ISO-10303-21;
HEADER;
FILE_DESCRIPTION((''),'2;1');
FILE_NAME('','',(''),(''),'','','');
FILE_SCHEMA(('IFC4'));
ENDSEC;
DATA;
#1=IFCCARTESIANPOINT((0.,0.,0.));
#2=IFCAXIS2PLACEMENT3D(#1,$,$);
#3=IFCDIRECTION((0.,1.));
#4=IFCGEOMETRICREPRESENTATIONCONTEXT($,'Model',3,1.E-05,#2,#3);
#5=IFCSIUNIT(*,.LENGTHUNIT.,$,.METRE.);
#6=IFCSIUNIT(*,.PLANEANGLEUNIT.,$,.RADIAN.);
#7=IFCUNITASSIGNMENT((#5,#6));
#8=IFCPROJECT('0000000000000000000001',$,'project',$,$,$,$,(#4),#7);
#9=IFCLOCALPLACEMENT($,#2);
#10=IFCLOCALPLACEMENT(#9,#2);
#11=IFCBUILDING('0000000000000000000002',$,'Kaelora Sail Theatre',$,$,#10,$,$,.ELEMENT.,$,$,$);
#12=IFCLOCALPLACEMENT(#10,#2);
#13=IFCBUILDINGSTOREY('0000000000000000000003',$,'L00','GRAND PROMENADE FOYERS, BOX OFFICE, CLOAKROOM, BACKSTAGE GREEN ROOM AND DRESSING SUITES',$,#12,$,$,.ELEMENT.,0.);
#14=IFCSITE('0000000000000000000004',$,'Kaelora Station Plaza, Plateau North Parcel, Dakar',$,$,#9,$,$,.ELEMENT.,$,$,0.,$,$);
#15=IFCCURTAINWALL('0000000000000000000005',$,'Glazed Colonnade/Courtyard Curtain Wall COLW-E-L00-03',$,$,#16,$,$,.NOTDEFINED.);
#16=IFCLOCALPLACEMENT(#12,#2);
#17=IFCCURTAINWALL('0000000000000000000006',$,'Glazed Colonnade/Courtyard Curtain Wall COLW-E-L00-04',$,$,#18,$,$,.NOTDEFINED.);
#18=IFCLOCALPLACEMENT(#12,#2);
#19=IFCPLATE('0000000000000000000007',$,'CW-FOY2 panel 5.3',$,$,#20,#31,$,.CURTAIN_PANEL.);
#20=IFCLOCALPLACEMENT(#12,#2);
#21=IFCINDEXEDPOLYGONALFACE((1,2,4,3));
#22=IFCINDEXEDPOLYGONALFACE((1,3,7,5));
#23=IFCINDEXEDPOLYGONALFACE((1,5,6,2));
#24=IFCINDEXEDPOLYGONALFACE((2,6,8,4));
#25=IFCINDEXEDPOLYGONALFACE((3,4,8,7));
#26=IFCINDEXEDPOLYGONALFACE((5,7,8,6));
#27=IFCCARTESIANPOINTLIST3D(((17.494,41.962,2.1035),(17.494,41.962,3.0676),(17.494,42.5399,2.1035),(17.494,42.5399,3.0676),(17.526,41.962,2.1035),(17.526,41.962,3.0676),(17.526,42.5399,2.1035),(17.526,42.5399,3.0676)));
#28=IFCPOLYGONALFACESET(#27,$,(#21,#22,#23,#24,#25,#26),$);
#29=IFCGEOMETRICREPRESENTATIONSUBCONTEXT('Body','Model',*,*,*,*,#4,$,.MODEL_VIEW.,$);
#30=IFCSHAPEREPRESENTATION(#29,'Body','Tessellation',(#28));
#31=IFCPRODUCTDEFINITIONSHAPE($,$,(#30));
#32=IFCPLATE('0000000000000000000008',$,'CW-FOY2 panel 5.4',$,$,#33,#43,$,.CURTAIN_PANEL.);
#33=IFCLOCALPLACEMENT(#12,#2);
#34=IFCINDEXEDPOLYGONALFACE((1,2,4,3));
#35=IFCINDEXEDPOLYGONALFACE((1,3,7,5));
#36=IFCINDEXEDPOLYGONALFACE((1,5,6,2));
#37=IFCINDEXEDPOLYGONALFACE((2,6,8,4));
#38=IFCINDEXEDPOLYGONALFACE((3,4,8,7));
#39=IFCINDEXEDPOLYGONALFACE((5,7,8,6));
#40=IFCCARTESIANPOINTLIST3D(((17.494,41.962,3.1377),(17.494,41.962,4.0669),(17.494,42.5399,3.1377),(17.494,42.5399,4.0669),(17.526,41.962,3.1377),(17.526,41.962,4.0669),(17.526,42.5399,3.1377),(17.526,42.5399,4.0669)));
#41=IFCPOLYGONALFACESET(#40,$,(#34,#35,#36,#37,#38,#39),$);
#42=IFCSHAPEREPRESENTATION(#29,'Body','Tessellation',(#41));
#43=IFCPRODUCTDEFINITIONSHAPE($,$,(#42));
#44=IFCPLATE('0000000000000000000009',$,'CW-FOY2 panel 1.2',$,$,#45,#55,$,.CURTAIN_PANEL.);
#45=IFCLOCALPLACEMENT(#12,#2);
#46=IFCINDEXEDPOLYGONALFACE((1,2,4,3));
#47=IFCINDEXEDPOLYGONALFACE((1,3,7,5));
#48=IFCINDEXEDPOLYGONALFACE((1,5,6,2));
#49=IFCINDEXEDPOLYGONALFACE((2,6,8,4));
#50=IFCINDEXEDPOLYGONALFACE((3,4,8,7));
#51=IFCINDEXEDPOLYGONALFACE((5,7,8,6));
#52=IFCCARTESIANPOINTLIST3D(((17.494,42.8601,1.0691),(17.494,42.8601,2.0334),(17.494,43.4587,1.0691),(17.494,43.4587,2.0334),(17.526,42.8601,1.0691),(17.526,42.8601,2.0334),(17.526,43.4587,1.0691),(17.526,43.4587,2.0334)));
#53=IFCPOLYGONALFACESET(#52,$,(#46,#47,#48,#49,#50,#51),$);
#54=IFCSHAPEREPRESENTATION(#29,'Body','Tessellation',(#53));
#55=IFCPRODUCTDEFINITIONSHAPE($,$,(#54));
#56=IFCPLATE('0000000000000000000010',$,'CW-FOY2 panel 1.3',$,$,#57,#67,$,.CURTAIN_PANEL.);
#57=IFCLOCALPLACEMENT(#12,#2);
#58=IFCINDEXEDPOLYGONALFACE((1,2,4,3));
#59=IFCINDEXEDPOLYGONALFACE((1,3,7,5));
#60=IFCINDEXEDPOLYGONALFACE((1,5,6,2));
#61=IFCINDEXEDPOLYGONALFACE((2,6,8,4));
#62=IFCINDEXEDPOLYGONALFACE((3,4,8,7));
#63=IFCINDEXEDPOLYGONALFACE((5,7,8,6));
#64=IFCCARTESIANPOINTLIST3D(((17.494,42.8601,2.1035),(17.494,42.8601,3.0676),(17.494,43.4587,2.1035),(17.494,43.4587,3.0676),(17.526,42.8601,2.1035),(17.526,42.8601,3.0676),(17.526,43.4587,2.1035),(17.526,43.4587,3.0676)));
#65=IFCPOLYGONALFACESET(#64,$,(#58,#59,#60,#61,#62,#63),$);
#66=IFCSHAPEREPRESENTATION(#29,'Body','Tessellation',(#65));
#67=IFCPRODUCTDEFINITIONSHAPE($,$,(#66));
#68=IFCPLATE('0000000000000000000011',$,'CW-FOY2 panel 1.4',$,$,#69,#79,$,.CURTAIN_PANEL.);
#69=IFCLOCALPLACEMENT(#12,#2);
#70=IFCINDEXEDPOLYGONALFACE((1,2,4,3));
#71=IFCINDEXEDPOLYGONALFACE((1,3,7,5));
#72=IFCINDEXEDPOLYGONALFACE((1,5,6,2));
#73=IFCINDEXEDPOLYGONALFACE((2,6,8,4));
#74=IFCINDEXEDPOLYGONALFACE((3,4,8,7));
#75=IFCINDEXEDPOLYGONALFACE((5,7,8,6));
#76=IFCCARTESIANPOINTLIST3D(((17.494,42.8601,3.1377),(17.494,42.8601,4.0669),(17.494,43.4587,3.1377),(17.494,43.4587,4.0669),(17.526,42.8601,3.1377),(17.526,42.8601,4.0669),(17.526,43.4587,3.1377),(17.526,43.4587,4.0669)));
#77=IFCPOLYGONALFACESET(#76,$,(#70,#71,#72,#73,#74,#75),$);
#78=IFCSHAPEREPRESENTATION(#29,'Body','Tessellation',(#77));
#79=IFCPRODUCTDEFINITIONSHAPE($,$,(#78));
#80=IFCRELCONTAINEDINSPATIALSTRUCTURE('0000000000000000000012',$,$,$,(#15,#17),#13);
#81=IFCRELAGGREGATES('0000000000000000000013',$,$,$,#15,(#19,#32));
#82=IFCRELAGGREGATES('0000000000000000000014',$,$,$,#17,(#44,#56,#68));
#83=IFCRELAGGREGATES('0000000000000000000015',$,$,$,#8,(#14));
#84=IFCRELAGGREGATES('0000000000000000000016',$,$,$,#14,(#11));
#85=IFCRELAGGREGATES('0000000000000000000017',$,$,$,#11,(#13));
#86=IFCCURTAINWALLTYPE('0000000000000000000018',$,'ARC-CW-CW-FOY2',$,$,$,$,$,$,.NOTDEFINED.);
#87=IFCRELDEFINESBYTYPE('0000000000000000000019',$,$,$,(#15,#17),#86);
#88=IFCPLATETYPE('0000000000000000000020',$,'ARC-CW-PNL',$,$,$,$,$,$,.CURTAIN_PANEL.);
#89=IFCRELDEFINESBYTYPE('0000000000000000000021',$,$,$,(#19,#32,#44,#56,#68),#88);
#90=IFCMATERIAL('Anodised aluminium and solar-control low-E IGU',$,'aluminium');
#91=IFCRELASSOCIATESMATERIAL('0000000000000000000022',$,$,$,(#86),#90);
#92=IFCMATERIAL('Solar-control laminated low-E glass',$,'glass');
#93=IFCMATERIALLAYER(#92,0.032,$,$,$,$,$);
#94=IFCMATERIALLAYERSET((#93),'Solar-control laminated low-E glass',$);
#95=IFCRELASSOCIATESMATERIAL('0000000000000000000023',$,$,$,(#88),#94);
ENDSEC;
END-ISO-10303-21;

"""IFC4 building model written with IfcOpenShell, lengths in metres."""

from ifc_helpers import new_model, si_unit, direction, frame, origin, origin_2d, place, context, subcontext, project, spatial, rectangle, extrude, material, layer, layer_set, type_object, element, aggregate, save


model = new_model("IFC4")

# Units and contexts
model_context = context("Model", 3, precision=1e-05, world=origin(), true_north=direction((0.0, 1.0)))
body_context = subcontext(model_context, "Body", "Model", "MODEL_VIEW")
ifc_project = project(units=[si_unit("LENGTHUNIT", "METRE"), si_unit("PLANEANGLEUNIT", "RADIAN")], contexts=[model_context])

# Site, building, storey
site_placement = place(None, origin())
site = spatial("IfcSite", under=ifc_project, at=site_placement, Name="Kaelora Station Plaza, Plateau North Parcel, Dakar", CompositionType="ELEMENT", RefElevation=0.0)
building_placement = place(site_placement, origin())
building = spatial("IfcBuilding", under=site, at=building_placement, Name="Kaelora Sail Theatre", CompositionType="ELEMENT")
storey_placement = place(building_placement, origin())
storey = spatial("IfcBuildingStorey", under=building, at=storey_placement, Name="L00", Description="GRAND PROMENADE FOYERS, BOX OFFICE, CLOAKROOM, BACKSTAGE GREEN ROOM AND DRESSING SUITES", CompositionType="ELEMENT", Elevation=0.0)

# Curtain walls
ifc_material_1 = material(Name="Anodised aluminium and solar-control low-E IGU", Category="aluminium")
curtain_wall_type = type_object("IfcCurtainWallType", Name="ARC-CW-CW-FOY2", PredefinedType="NOTDEFINED", material=ifc_material_1)
curtain_wall_1_placement = place(storey_placement, origin())
curtain_wall_1 = element("IfcCurtainWall", 1, at=curtain_wall_1_placement, inside=storey, type_object=curtain_wall_type, Name="Glazed Colonnade/Courtyard Curtain Wall COLW-E-L00-03", PredefinedType="NOTDEFINED")
curtain_wall_2_placement = place(storey_placement, origin())
curtain_wall_2 = element("IfcCurtainWall", 2, at=curtain_wall_2_placement, inside=storey, type_object=curtain_wall_type, Name="Glazed Colonnade/Courtyard Curtain Wall COLW-E-L00-04", PredefinedType="NOTDEFINED")

# Plates
ifc_material_2 = material(Name="Solar-control laminated low-E glass", Category="glass")
ifc_layer = layer(ifc_material_2, 0.032)
ifc_layer_set = layer_set([ifc_layer], Name="Solar-control laminated low-E glass")
plate_type = type_object("IfcPlateType", Name="ARC-CW-PNL", PredefinedType="CURTAIN_PANEL", material=ifc_layer_set)
plate_1_placement = place(storey_placement, frame((17.51, 42.251, 2.1035), z_axis=(0.0, 0.0, 1.0), x_axis=(0.0, 1.0, 0.0)))
plate_1 = element("IfcPlate", 3, at=plate_1_placement, type_object=plate_type, Name="CW-FOY2 panel 5.3", PredefinedType="CURTAIN_PANEL", context=body_context, shape_type="SweptSolid", body=[
    extrude(rectangle(XDim=0.5779, YDim=0.032, at=origin_2d()), origin(), (0.0, 0.0, 1.0), 0.9641),
])
plate_2_placement = place(storey_placement, frame((17.51, 42.251, 3.1377), z_axis=(0.0, 0.0, 1.0), x_axis=(0.0, 1.0, 0.0)))
plate_2 = element("IfcPlate", 4, at=plate_2_placement, type_object=plate_type, Name="CW-FOY2 panel 5.4", PredefinedType="CURTAIN_PANEL", context=body_context, shape_type="SweptSolid", body=[
    extrude(rectangle(XDim=0.5779, YDim=0.032, at=origin_2d()), origin(), (0.0, 0.0, 1.0), 0.9292),
])
aggregate(curtain_wall_1, [plate_1, plate_2])
plate_3_placement = place(storey_placement, frame((17.51, 43.1594, 1.0691), z_axis=(0.0, 0.0, 1.0), x_axis=(0.0, 1.0, 0.0)))
plate_3 = element("IfcPlate", 5, at=plate_3_placement, type_object=plate_type, Name="CW-FOY2 panel 1.2", PredefinedType="CURTAIN_PANEL", context=body_context, shape_type="SweptSolid", body=[
    extrude(rectangle(XDim=0.5986, YDim=0.032, at=origin_2d()), origin(), (0.0, 0.0, 1.0), 0.9644),
])
plate_4_placement = place(storey_placement, frame((17.51, 43.1594, 2.1035), z_axis=(0.0, 0.0, 1.0), x_axis=(0.0, 1.0, 0.0)))
plate_4 = element("IfcPlate", 6, at=plate_4_placement, type_object=plate_type, Name="CW-FOY2 panel 1.3", PredefinedType="CURTAIN_PANEL", context=body_context, shape_type="SweptSolid", body=[
    extrude(rectangle(XDim=0.5986, YDim=0.032, at=origin_2d()), origin(), (0.0, 0.0, 1.0), 0.9641),
])
plate_5_placement = place(storey_placement, frame((17.51, 43.1594, 3.1377), z_axis=(0.0, 0.0, 1.0), x_axis=(0.0, 1.0, 0.0)))
plate_5 = element("IfcPlate", 7, at=plate_5_placement, type_object=plate_type, Name="CW-FOY2 panel 1.4", PredefinedType="CURTAIN_PANEL", context=body_context, shape_type="SweptSolid", body=[
    extrude(rectangle(XDim=0.5986, YDim=0.032, at=origin_2d()), origin(), (0.0, 0.0, 1.0), 0.9292),
])
aggregate(curtain_wall_2, [plate_3, plate_4, plate_5])

save(model, "model.ifc")
